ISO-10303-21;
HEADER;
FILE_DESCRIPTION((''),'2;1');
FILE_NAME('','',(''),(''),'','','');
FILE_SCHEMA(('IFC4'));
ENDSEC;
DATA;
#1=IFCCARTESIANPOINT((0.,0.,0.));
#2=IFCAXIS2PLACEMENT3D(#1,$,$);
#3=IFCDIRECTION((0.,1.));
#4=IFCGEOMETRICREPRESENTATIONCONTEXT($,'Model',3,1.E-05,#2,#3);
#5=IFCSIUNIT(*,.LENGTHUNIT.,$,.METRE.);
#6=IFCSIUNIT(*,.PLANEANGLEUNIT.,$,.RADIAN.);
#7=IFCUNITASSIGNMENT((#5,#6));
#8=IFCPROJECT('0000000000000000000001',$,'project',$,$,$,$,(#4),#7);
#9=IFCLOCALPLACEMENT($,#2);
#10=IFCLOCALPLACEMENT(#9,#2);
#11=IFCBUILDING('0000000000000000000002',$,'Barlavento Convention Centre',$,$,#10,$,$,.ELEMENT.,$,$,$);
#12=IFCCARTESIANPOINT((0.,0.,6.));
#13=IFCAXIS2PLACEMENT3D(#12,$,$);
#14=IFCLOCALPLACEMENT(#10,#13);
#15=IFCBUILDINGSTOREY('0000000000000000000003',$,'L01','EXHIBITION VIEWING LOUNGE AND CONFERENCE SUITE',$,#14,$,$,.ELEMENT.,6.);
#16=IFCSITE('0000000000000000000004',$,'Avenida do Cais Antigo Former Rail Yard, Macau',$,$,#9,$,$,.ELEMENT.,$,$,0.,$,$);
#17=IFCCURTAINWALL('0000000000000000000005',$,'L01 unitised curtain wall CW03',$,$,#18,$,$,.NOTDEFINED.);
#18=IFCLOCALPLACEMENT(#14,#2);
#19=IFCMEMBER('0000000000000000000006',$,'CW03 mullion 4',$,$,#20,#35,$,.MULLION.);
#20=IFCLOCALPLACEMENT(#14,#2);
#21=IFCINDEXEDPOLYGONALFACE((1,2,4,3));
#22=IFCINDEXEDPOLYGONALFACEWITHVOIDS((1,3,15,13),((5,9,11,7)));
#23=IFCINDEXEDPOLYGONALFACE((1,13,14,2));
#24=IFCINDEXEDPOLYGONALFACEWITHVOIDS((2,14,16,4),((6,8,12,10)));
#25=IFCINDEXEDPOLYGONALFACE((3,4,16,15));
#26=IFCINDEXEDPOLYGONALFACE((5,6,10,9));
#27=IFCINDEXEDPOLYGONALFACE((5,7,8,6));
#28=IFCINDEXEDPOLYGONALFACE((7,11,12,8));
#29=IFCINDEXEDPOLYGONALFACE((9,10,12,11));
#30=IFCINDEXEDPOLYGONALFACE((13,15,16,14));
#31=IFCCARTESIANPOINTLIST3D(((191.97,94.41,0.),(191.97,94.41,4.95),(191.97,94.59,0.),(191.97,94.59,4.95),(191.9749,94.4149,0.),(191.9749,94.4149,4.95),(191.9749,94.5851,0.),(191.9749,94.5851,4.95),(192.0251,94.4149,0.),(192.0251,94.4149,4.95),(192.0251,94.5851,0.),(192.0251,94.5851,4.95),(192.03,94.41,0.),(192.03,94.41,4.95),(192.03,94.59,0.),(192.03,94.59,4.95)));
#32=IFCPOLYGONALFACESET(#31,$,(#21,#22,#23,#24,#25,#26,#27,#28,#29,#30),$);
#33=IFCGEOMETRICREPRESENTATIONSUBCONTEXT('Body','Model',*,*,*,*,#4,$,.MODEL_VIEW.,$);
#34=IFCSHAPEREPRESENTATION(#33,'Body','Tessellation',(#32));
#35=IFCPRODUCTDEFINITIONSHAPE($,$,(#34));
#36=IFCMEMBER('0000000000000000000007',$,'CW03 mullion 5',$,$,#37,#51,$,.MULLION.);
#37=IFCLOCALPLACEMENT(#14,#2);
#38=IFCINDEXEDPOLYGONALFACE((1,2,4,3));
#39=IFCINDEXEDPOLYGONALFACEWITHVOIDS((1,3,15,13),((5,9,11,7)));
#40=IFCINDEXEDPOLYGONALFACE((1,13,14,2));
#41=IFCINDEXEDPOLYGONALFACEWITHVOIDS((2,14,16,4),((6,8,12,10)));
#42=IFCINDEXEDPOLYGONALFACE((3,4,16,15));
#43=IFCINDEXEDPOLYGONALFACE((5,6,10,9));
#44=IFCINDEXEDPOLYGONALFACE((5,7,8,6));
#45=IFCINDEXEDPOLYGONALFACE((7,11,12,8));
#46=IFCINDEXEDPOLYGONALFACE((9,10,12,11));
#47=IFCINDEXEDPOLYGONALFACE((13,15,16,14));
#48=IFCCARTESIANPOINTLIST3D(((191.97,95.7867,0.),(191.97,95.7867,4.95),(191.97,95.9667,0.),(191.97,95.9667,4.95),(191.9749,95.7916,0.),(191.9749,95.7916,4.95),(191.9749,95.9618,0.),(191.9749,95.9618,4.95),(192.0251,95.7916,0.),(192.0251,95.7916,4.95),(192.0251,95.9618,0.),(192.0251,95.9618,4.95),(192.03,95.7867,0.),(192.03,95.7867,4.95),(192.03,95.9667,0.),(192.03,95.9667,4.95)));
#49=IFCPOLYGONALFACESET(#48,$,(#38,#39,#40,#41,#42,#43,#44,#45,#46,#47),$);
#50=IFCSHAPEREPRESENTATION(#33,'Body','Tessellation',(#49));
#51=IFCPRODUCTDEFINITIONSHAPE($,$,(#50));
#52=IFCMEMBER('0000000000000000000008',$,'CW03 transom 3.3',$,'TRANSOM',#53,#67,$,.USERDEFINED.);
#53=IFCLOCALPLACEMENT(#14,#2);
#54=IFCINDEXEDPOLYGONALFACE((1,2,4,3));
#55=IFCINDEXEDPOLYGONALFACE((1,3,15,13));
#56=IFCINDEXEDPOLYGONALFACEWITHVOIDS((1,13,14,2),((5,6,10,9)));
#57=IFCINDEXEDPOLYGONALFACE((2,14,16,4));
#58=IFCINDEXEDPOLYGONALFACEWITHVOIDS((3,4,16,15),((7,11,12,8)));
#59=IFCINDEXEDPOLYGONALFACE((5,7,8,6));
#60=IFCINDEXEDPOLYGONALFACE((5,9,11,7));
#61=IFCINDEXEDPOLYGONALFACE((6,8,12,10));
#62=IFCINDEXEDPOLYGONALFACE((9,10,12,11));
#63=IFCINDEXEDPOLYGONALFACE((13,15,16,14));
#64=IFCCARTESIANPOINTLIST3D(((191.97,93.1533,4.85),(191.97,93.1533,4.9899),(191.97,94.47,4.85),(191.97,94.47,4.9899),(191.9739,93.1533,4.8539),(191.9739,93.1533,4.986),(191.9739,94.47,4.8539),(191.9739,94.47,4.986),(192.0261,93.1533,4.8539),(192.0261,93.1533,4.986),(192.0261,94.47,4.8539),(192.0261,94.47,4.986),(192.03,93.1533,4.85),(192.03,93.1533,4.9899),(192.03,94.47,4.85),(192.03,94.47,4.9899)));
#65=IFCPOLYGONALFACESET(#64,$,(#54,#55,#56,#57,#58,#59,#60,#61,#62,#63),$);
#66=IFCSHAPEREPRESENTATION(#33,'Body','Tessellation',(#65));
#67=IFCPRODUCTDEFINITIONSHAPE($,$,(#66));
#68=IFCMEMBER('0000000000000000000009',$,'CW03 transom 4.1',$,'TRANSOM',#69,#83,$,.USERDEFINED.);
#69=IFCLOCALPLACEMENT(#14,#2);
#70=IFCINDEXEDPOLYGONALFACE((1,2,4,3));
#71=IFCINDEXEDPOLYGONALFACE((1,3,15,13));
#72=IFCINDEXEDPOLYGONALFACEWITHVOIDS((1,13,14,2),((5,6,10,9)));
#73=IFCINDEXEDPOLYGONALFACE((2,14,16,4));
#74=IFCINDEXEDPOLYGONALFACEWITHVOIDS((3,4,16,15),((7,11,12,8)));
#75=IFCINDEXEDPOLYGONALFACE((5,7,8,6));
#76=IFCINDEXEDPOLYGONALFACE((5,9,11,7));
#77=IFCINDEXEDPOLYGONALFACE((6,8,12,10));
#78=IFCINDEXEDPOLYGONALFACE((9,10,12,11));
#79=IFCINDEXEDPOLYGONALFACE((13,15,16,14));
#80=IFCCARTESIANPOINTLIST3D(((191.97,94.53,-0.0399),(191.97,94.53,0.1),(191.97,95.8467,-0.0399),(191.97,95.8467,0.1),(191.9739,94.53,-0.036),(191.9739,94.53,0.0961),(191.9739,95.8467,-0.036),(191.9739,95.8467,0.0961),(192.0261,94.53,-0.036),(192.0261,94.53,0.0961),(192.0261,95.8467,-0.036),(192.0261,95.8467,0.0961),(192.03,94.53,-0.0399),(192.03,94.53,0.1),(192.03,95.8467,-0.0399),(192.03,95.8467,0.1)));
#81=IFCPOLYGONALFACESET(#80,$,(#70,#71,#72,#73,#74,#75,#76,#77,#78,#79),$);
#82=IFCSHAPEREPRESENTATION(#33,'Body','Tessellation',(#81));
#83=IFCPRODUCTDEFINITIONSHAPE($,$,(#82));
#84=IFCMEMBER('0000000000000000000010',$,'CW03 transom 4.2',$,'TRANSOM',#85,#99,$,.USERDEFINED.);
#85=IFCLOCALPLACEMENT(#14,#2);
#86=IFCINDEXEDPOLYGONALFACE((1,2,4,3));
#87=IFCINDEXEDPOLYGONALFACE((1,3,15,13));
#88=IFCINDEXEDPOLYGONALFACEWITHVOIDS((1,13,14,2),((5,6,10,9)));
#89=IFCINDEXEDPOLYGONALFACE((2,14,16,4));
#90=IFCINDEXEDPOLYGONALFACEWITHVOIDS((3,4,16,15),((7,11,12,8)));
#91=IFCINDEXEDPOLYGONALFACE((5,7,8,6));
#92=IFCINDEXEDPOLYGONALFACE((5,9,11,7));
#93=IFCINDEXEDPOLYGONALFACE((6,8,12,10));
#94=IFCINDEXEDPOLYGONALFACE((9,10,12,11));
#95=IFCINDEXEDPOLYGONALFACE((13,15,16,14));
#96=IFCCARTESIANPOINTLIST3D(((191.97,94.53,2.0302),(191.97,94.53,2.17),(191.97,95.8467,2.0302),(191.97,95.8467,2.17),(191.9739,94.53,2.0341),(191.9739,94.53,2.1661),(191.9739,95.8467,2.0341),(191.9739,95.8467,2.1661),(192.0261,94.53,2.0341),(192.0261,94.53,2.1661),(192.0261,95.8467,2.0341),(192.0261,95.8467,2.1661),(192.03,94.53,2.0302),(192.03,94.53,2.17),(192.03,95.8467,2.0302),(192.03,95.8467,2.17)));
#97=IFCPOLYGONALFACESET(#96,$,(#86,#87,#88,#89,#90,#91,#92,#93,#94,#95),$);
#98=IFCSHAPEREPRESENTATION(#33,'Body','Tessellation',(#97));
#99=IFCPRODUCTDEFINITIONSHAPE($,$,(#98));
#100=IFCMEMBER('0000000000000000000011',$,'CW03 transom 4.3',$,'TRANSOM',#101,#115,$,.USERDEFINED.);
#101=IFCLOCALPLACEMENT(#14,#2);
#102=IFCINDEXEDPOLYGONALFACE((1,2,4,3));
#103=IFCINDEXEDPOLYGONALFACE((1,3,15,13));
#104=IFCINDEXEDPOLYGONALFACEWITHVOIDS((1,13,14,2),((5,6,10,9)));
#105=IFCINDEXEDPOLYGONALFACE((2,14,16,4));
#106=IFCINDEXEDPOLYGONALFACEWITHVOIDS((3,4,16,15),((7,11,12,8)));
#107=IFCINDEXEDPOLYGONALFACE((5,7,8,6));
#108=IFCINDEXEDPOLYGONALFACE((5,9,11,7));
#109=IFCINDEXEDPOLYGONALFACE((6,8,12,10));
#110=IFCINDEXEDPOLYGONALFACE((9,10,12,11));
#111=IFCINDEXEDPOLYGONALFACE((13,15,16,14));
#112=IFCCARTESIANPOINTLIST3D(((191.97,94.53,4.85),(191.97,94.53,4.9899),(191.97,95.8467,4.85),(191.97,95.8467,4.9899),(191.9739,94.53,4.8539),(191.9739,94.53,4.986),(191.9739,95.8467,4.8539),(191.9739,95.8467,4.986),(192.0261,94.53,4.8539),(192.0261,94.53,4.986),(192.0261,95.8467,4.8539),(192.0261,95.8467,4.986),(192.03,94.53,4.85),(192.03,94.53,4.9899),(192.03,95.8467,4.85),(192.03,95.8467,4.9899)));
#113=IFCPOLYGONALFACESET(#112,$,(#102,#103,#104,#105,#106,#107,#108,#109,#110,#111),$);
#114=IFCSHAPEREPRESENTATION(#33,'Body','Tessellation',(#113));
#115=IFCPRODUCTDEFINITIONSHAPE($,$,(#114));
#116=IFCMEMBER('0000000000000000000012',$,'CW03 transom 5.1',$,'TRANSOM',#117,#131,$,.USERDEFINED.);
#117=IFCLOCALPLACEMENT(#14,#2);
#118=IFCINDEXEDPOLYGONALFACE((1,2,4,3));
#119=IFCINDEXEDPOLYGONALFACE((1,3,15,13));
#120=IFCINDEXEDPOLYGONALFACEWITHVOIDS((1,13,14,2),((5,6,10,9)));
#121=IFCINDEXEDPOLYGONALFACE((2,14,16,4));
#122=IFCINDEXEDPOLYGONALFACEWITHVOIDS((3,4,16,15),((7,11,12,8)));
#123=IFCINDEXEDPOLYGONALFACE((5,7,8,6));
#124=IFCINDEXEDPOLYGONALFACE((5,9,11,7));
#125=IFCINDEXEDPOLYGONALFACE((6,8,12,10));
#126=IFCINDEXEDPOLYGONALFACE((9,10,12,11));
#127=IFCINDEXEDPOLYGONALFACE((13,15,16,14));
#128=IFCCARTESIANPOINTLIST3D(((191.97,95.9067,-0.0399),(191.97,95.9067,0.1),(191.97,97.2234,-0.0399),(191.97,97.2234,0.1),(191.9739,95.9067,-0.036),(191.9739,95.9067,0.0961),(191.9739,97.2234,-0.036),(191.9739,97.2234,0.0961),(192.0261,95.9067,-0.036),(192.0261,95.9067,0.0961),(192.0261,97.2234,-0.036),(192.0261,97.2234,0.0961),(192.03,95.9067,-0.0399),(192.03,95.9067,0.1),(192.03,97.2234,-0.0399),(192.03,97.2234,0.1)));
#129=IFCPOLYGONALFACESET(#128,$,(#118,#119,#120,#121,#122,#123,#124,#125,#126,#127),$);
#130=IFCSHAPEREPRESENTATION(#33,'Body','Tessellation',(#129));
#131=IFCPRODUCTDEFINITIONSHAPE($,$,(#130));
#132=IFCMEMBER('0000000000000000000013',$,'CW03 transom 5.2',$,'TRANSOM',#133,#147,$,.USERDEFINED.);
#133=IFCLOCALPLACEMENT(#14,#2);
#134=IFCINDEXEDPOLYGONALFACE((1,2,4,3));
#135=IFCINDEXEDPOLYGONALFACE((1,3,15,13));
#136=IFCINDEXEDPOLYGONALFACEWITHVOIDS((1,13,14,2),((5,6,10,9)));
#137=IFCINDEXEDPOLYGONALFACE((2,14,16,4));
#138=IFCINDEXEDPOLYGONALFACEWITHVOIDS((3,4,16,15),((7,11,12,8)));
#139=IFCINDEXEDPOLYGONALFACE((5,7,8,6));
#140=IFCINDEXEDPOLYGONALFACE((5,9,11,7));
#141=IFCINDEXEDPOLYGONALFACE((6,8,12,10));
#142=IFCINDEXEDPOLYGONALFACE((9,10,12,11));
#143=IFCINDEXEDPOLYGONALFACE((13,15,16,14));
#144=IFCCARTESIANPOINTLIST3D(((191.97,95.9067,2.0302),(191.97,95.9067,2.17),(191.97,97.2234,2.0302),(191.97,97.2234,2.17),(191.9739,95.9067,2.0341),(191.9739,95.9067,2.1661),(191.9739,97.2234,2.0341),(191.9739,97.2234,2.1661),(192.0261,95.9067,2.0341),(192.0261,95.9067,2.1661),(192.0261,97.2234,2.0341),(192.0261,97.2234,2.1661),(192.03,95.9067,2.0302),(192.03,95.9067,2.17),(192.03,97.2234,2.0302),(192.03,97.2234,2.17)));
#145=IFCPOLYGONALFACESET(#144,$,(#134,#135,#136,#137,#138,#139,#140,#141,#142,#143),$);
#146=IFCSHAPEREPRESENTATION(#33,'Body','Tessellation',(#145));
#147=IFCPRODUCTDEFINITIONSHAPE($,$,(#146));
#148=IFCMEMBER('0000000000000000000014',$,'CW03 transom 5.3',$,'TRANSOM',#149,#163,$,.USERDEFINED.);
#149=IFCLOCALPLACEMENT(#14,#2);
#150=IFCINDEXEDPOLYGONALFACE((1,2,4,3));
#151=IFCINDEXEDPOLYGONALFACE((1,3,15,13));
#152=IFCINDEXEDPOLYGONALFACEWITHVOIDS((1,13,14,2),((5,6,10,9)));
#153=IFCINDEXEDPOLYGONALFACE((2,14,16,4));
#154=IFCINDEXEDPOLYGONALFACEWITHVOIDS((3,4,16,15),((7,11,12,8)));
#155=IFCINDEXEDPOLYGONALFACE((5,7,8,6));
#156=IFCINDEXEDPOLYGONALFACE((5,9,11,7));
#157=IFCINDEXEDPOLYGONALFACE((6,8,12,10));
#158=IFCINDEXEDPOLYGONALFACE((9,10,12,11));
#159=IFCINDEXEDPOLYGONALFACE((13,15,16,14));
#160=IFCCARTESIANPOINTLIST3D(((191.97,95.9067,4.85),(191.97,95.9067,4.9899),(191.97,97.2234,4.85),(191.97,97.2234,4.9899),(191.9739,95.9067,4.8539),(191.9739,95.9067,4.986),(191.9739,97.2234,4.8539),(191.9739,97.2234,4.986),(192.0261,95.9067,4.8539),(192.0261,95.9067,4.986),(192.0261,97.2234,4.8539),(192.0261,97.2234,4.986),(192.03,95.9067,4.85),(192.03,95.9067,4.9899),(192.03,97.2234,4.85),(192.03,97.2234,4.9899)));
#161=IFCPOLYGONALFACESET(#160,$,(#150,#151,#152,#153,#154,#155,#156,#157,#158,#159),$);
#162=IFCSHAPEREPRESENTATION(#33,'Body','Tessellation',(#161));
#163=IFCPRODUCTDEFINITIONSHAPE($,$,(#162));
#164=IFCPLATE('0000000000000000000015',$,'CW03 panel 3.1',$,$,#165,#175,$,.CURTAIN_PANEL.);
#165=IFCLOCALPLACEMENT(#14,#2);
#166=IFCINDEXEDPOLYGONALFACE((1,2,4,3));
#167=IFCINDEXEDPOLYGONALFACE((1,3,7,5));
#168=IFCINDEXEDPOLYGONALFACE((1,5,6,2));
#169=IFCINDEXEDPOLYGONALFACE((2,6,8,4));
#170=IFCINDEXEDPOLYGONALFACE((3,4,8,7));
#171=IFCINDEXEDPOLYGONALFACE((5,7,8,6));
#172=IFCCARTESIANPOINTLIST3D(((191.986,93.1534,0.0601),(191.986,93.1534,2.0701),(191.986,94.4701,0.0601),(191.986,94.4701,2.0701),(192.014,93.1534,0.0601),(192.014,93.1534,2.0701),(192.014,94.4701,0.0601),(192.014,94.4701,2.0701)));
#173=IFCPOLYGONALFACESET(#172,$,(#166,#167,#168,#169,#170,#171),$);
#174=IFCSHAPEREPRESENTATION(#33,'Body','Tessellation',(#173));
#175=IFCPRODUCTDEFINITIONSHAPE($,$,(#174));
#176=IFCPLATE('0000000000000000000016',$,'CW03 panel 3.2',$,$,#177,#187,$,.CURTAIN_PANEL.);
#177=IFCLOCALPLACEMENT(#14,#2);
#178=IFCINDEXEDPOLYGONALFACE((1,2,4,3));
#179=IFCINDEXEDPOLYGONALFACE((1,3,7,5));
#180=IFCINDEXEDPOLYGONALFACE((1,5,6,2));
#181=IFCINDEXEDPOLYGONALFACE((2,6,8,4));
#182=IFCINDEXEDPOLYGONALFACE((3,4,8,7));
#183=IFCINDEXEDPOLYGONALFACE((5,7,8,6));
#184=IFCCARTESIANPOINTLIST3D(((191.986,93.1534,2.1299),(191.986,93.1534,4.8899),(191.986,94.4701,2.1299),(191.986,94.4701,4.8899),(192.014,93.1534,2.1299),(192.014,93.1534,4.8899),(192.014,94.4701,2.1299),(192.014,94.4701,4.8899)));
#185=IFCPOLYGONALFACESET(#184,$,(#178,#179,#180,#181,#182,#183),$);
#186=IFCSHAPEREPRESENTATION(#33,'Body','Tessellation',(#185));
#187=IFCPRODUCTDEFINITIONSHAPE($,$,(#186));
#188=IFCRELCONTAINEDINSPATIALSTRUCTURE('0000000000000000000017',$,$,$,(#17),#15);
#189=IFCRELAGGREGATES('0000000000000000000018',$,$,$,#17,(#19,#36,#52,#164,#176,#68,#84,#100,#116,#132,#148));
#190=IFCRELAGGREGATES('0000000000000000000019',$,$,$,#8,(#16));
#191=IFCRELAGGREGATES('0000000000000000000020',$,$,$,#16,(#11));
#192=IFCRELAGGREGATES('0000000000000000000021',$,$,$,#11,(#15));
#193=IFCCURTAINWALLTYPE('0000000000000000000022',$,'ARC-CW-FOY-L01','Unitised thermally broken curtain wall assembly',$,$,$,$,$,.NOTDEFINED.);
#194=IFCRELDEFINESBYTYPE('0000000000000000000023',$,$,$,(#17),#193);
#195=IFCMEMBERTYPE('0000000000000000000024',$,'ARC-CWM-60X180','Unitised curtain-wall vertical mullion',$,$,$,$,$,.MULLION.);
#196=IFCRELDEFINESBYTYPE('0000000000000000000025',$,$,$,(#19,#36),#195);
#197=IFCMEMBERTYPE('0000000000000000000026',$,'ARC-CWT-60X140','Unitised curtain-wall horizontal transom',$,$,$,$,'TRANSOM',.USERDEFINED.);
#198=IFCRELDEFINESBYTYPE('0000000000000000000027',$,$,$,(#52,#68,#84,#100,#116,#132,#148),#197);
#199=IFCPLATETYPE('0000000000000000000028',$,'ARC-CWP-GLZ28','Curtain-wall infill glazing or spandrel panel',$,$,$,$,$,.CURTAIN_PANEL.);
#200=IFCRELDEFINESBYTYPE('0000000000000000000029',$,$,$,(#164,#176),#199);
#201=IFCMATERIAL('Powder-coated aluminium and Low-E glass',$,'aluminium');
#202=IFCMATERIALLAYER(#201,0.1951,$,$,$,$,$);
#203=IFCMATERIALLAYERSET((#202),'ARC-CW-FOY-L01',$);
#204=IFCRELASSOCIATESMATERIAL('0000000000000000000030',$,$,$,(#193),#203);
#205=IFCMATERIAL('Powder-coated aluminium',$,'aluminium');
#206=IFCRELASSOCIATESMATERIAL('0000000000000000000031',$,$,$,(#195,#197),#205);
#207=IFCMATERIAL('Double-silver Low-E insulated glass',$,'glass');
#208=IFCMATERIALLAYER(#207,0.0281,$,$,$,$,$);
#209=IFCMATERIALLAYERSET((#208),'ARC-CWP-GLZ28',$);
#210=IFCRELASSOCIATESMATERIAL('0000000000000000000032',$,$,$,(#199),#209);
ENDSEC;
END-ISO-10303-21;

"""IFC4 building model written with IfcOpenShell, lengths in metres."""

from ifc_helpers import new_model, si_unit, direction, frame, origin, origin_2d, place, context, subcontext, project, spatial, rectangle, hollow_rectangle, extrude, material, layer, layer_set, material_profile, profile_set, type_object, element, aggregate, save


model = new_model("IFC4")

# Units and contexts
model_context = context("Model", 3, precision=1e-05, world=origin(), true_north=direction((0.0, 1.0)))
body_context = subcontext(model_context, "Body", "Model", "MODEL_VIEW")
ifc_project = project(units=[si_unit("LENGTHUNIT", "METRE"), si_unit("PLANEANGLEUNIT", "RADIAN")], contexts=[model_context])

# Site, building, storey
site_placement = place(None, origin())
site = spatial("IfcSite", under=ifc_project, at=site_placement, Name="Avenida do Cais Antigo Former Rail Yard, Macau", CompositionType="ELEMENT", RefElevation=0.0)
building_placement = place(site_placement, origin())
building = spatial("IfcBuilding", under=site, at=building_placement, Name="Barlavento Convention Centre", CompositionType="ELEMENT")
storey_placement = place(building_placement, frame((0.0, 0.0, 6.0)))
storey = spatial("IfcBuildingStorey", under=building, at=storey_placement, Name="L01", Description="EXHIBITION VIEWING LOUNGE AND CONFERENCE SUITE", CompositionType="ELEMENT", Elevation=6.0)

# Curtain wall, members, plates
ifc_material_1 = material(Name="Powder-coated aluminium and Low-E glass", Category="aluminium")
ifc_layer_1 = layer(ifc_material_1, 0.1951)
ifc_layer_set_1 = layer_set([ifc_layer_1], Name="ARC-CW-FOY-L01")
curtain_wall_type = type_object("IfcCurtainWallType", Name="ARC-CW-FOY-L01", Description="Unitised thermally broken curtain wall assembly", PredefinedType="NOTDEFINED", material=ifc_layer_set_1)
curtain_wall_placement = place(storey_placement, origin())
curtain_wall = element("IfcCurtainWall", 1, at=curtain_wall_placement, inside=storey, type_object=curtain_wall_type, Name="L01 unitised curtain wall CW03", PredefinedType="NOTDEFINED")
ifc_material_2 = material(Name="Powder-coated aluminium", Category="aluminium")
ifc_material_profile_1 = material_profile(ifc_material_2, hollow_rectangle(XDim=0.0601, YDim=0.1799, WallThickness=0.0049, at=origin_2d()), Name="AL-MULL 60x180x5")
ifc_profile_set_1 = profile_set([ifc_material_profile_1], Name="Powder-coated aluminium")
member_type_1 = type_object("IfcMemberType", Name="ARC-CWM-60X180", Description="Unitised curtain-wall vertical mullion", PredefinedType="MULLION", material=ifc_profile_set_1)
member_1_placement = place(storey_placement, frame((192.0, 94.5, 0.0), z_axis=(0.0, 0.0, 1.0), x_axis=(-1.0, 0.0, 0.0)))
member_1 = element("IfcMember", 2, at=member_1_placement, type_object=member_type_1, Name="CW03 mullion 4", PredefinedType="MULLION", context=body_context, shape_type="SweptSolid", body=[
    extrude(hollow_rectangle(XDim=0.0601, YDim=0.1799, WallThickness=0.0049, at=origin_2d()), origin(), (0.0, 0.0, 1.0), 4.95),
])
member_2_placement = place(storey_placement, frame((192.0, 95.8767, 0.0), z_axis=(0.0, 0.0, 1.0), x_axis=(-1.0, 0.0, 0.0)))
member_2 = element("IfcMember", 3, at=member_2_placement, type_object=member_type_1, Name="CW03 mullion 5", PredefinedType="MULLION", context=body_context, shape_type="SweptSolid", body=[
    extrude(hollow_rectangle(XDim=0.0601, YDim=0.1799, WallThickness=0.0049, at=origin_2d()), origin(), (0.0, 0.0, 1.0), 4.95),
])
ifc_material_profile_2 = material_profile(ifc_material_2, hollow_rectangle(XDim=0.0601, YDim=0.1399, WallThickness=0.0039, at=origin_2d()), Name="AL-TRAN 60x140x4")
ifc_profile_set_2 = profile_set([ifc_material_profile_2], Name="Powder-coated aluminium")
member_type_2 = type_object("IfcMemberType", Name="ARC-CWT-60X140", Description="Unitised curtain-wall horizontal transom", ElementType="TRANSOM", PredefinedType="USERDEFINED", material=ifc_profile_set_2)
member_3_placement = place(storey_placement, frame((192.0, 93.1533, 4.9199), z_axis=(0.0, 1.0, 0.0), x_axis=(-1.0, 0.0, 0.0)))
member_3 = element("IfcMember", 4, at=member_3_placement, type_object=member_type_2, Name="CW03 transom 3.3", ObjectType="TRANSOM", PredefinedType="USERDEFINED", context=body_context, shape_type="SweptSolid", body=[
    extrude(hollow_rectangle(XDim=0.0601, YDim=0.1399, WallThickness=0.0039, at=origin_2d()), origin(), (0.0, 0.0, 1.0), 1.3167),
])
member_4_placement = place(storey_placement, frame((192.0, 94.53, 0.03), z_axis=(0.0, 1.0, 0.0), x_axis=(-1.0, 0.0, 0.0)))
member_4 = element("IfcMember", 5, at=member_4_placement, type_object=member_type_2, Name="CW03 transom 4.1", ObjectType="TRANSOM", PredefinedType="USERDEFINED", context=body_context, shape_type="SweptSolid", body=[
    extrude(hollow_rectangle(XDim=0.0601, YDim=0.1399, WallThickness=0.0039, at=origin_2d()), origin(), (0.0, 0.0, 1.0), 1.3167),
])
member_5_placement = place(storey_placement, frame((192.0, 94.53, 2.1001), z_axis=(0.0, 1.0, 0.0), x_axis=(-1.0, 0.0, 0.0)))
member_5 = element("IfcMember", 6, at=member_5_placement, type_object=member_type_2, Name="CW03 transom 4.2", ObjectType="TRANSOM", PredefinedType="USERDEFINED", context=body_context, shape_type="SweptSolid", body=[
    extrude(hollow_rectangle(XDim=0.0601, YDim=0.1399, WallThickness=0.0039, at=origin_2d()), origin(), (0.0, 0.0, 1.0), 1.3167),
])
member_6_placement = place(storey_placement, frame((192.0, 94.53, 4.9199), z_axis=(0.0, 1.0, 0.0), x_axis=(-1.0, 0.0, 0.0)))
member_6 = element("IfcMember", 7, at=member_6_placement, type_object=member_type_2, Name="CW03 transom 4.3", ObjectType="TRANSOM", PredefinedType="USERDEFINED", context=body_context, shape_type="SweptSolid", body=[
    extrude(hollow_rectangle(XDim=0.0601, YDim=0.1399, WallThickness=0.0039, at=origin_2d()), origin(), (0.0, 0.0, 1.0), 1.3167),
])
member_7_placement = place(storey_placement, frame((192.0, 95.9067, 0.03), z_axis=(0.0, 1.0, 0.0), x_axis=(-1.0, 0.0, 0.0)))
member_7 = element("IfcMember", 8, at=member_7_placement, type_object=member_type_2, Name="CW03 transom 5.1", ObjectType="TRANSOM", PredefinedType="USERDEFINED", context=body_context, shape_type="SweptSolid", body=[
    extrude(hollow_rectangle(XDim=0.0601, YDim=0.1399, WallThickness=0.0039, at=origin_2d()), origin(), (0.0, 0.0, 1.0), 1.3167),
])
member_8_placement = place(storey_placement, frame((192.0, 95.9067, 2.1001), z_axis=(0.0, 1.0, 0.0), x_axis=(-1.0, 0.0, 0.0)))
member_8 = element("IfcMember", 9, at=member_8_placement, type_object=member_type_2, Name="CW03 transom 5.2", ObjectType="TRANSOM", PredefinedType="USERDEFINED", context=body_context, shape_type="SweptSolid", body=[
    extrude(hollow_rectangle(XDim=0.0601, YDim=0.1399, WallThickness=0.0039, at=origin_2d()), origin(), (0.0, 0.0, 1.0), 1.3167),
])
member_9_placement = place(storey_placement, frame((192.0, 95.9067, 4.9199), z_axis=(0.0, 1.0, 0.0), x_axis=(-1.0, 0.0, 0.0)))
member_9 = element("IfcMember", 10, at=member_9_placement, type_object=member_type_2, Name="CW03 transom 5.3", ObjectType="TRANSOM", PredefinedType="USERDEFINED", context=body_context, shape_type="SweptSolid", body=[
    extrude(hollow_rectangle(XDim=0.0601, YDim=0.1399, WallThickness=0.0039, at=origin_2d()), origin(), (0.0, 0.0, 1.0), 1.3167),
])
ifc_material_3 = material(Name="Double-silver Low-E insulated glass", Category="glass")
ifc_layer_2 = layer(ifc_material_3, 0.0281)
ifc_layer_set_2 = layer_set([ifc_layer_2], Name="ARC-CWP-GLZ28")
plate_type = type_object("IfcPlateType", Name="ARC-CWP-GLZ28", Description="Curtain-wall infill glazing or spandrel panel", PredefinedType="CURTAIN_PANEL", material=ifc_layer_set_2)
plate_1_placement = place(storey_placement, frame((192.0, 93.8118, 0.0601), z_axis=(0.0, 0.0, 1.0), x_axis=(0.0, 1.0, 0.0)))
plate_1 = element("IfcPlate", 11, at=plate_1_placement, type_object=plate_type, Name="CW03 panel 3.1", PredefinedType="CURTAIN_PANEL", context=body_context, shape_type="SweptSolid", body=[
    extrude(rectangle(XDim=1.3167, YDim=0.0281, at=origin_2d()), origin(), (0.0, 0.0, 1.0), 2.01),
])
plate_2_placement = place(storey_placement, frame((192.0, 93.8118, 2.1299), z_axis=(0.0, 0.0, 1.0), x_axis=(0.0, 1.0, 0.0)))
plate_2 = element("IfcPlate", 12, at=plate_2_placement, type_object=plate_type, Name="CW03 panel 3.2", PredefinedType="CURTAIN_PANEL", context=body_context, shape_type="SweptSolid", body=[
    extrude(rectangle(XDim=1.3167, YDim=0.0281, at=origin_2d()), origin(), (0.0, 0.0, 1.0), 2.76),
])
aggregate(curtain_wall, [member_1, member_2, member_3, plate_1, plate_2, member_4, member_5, member_6, member_7, member_8, member_9])

save(model, "model.ifc")
